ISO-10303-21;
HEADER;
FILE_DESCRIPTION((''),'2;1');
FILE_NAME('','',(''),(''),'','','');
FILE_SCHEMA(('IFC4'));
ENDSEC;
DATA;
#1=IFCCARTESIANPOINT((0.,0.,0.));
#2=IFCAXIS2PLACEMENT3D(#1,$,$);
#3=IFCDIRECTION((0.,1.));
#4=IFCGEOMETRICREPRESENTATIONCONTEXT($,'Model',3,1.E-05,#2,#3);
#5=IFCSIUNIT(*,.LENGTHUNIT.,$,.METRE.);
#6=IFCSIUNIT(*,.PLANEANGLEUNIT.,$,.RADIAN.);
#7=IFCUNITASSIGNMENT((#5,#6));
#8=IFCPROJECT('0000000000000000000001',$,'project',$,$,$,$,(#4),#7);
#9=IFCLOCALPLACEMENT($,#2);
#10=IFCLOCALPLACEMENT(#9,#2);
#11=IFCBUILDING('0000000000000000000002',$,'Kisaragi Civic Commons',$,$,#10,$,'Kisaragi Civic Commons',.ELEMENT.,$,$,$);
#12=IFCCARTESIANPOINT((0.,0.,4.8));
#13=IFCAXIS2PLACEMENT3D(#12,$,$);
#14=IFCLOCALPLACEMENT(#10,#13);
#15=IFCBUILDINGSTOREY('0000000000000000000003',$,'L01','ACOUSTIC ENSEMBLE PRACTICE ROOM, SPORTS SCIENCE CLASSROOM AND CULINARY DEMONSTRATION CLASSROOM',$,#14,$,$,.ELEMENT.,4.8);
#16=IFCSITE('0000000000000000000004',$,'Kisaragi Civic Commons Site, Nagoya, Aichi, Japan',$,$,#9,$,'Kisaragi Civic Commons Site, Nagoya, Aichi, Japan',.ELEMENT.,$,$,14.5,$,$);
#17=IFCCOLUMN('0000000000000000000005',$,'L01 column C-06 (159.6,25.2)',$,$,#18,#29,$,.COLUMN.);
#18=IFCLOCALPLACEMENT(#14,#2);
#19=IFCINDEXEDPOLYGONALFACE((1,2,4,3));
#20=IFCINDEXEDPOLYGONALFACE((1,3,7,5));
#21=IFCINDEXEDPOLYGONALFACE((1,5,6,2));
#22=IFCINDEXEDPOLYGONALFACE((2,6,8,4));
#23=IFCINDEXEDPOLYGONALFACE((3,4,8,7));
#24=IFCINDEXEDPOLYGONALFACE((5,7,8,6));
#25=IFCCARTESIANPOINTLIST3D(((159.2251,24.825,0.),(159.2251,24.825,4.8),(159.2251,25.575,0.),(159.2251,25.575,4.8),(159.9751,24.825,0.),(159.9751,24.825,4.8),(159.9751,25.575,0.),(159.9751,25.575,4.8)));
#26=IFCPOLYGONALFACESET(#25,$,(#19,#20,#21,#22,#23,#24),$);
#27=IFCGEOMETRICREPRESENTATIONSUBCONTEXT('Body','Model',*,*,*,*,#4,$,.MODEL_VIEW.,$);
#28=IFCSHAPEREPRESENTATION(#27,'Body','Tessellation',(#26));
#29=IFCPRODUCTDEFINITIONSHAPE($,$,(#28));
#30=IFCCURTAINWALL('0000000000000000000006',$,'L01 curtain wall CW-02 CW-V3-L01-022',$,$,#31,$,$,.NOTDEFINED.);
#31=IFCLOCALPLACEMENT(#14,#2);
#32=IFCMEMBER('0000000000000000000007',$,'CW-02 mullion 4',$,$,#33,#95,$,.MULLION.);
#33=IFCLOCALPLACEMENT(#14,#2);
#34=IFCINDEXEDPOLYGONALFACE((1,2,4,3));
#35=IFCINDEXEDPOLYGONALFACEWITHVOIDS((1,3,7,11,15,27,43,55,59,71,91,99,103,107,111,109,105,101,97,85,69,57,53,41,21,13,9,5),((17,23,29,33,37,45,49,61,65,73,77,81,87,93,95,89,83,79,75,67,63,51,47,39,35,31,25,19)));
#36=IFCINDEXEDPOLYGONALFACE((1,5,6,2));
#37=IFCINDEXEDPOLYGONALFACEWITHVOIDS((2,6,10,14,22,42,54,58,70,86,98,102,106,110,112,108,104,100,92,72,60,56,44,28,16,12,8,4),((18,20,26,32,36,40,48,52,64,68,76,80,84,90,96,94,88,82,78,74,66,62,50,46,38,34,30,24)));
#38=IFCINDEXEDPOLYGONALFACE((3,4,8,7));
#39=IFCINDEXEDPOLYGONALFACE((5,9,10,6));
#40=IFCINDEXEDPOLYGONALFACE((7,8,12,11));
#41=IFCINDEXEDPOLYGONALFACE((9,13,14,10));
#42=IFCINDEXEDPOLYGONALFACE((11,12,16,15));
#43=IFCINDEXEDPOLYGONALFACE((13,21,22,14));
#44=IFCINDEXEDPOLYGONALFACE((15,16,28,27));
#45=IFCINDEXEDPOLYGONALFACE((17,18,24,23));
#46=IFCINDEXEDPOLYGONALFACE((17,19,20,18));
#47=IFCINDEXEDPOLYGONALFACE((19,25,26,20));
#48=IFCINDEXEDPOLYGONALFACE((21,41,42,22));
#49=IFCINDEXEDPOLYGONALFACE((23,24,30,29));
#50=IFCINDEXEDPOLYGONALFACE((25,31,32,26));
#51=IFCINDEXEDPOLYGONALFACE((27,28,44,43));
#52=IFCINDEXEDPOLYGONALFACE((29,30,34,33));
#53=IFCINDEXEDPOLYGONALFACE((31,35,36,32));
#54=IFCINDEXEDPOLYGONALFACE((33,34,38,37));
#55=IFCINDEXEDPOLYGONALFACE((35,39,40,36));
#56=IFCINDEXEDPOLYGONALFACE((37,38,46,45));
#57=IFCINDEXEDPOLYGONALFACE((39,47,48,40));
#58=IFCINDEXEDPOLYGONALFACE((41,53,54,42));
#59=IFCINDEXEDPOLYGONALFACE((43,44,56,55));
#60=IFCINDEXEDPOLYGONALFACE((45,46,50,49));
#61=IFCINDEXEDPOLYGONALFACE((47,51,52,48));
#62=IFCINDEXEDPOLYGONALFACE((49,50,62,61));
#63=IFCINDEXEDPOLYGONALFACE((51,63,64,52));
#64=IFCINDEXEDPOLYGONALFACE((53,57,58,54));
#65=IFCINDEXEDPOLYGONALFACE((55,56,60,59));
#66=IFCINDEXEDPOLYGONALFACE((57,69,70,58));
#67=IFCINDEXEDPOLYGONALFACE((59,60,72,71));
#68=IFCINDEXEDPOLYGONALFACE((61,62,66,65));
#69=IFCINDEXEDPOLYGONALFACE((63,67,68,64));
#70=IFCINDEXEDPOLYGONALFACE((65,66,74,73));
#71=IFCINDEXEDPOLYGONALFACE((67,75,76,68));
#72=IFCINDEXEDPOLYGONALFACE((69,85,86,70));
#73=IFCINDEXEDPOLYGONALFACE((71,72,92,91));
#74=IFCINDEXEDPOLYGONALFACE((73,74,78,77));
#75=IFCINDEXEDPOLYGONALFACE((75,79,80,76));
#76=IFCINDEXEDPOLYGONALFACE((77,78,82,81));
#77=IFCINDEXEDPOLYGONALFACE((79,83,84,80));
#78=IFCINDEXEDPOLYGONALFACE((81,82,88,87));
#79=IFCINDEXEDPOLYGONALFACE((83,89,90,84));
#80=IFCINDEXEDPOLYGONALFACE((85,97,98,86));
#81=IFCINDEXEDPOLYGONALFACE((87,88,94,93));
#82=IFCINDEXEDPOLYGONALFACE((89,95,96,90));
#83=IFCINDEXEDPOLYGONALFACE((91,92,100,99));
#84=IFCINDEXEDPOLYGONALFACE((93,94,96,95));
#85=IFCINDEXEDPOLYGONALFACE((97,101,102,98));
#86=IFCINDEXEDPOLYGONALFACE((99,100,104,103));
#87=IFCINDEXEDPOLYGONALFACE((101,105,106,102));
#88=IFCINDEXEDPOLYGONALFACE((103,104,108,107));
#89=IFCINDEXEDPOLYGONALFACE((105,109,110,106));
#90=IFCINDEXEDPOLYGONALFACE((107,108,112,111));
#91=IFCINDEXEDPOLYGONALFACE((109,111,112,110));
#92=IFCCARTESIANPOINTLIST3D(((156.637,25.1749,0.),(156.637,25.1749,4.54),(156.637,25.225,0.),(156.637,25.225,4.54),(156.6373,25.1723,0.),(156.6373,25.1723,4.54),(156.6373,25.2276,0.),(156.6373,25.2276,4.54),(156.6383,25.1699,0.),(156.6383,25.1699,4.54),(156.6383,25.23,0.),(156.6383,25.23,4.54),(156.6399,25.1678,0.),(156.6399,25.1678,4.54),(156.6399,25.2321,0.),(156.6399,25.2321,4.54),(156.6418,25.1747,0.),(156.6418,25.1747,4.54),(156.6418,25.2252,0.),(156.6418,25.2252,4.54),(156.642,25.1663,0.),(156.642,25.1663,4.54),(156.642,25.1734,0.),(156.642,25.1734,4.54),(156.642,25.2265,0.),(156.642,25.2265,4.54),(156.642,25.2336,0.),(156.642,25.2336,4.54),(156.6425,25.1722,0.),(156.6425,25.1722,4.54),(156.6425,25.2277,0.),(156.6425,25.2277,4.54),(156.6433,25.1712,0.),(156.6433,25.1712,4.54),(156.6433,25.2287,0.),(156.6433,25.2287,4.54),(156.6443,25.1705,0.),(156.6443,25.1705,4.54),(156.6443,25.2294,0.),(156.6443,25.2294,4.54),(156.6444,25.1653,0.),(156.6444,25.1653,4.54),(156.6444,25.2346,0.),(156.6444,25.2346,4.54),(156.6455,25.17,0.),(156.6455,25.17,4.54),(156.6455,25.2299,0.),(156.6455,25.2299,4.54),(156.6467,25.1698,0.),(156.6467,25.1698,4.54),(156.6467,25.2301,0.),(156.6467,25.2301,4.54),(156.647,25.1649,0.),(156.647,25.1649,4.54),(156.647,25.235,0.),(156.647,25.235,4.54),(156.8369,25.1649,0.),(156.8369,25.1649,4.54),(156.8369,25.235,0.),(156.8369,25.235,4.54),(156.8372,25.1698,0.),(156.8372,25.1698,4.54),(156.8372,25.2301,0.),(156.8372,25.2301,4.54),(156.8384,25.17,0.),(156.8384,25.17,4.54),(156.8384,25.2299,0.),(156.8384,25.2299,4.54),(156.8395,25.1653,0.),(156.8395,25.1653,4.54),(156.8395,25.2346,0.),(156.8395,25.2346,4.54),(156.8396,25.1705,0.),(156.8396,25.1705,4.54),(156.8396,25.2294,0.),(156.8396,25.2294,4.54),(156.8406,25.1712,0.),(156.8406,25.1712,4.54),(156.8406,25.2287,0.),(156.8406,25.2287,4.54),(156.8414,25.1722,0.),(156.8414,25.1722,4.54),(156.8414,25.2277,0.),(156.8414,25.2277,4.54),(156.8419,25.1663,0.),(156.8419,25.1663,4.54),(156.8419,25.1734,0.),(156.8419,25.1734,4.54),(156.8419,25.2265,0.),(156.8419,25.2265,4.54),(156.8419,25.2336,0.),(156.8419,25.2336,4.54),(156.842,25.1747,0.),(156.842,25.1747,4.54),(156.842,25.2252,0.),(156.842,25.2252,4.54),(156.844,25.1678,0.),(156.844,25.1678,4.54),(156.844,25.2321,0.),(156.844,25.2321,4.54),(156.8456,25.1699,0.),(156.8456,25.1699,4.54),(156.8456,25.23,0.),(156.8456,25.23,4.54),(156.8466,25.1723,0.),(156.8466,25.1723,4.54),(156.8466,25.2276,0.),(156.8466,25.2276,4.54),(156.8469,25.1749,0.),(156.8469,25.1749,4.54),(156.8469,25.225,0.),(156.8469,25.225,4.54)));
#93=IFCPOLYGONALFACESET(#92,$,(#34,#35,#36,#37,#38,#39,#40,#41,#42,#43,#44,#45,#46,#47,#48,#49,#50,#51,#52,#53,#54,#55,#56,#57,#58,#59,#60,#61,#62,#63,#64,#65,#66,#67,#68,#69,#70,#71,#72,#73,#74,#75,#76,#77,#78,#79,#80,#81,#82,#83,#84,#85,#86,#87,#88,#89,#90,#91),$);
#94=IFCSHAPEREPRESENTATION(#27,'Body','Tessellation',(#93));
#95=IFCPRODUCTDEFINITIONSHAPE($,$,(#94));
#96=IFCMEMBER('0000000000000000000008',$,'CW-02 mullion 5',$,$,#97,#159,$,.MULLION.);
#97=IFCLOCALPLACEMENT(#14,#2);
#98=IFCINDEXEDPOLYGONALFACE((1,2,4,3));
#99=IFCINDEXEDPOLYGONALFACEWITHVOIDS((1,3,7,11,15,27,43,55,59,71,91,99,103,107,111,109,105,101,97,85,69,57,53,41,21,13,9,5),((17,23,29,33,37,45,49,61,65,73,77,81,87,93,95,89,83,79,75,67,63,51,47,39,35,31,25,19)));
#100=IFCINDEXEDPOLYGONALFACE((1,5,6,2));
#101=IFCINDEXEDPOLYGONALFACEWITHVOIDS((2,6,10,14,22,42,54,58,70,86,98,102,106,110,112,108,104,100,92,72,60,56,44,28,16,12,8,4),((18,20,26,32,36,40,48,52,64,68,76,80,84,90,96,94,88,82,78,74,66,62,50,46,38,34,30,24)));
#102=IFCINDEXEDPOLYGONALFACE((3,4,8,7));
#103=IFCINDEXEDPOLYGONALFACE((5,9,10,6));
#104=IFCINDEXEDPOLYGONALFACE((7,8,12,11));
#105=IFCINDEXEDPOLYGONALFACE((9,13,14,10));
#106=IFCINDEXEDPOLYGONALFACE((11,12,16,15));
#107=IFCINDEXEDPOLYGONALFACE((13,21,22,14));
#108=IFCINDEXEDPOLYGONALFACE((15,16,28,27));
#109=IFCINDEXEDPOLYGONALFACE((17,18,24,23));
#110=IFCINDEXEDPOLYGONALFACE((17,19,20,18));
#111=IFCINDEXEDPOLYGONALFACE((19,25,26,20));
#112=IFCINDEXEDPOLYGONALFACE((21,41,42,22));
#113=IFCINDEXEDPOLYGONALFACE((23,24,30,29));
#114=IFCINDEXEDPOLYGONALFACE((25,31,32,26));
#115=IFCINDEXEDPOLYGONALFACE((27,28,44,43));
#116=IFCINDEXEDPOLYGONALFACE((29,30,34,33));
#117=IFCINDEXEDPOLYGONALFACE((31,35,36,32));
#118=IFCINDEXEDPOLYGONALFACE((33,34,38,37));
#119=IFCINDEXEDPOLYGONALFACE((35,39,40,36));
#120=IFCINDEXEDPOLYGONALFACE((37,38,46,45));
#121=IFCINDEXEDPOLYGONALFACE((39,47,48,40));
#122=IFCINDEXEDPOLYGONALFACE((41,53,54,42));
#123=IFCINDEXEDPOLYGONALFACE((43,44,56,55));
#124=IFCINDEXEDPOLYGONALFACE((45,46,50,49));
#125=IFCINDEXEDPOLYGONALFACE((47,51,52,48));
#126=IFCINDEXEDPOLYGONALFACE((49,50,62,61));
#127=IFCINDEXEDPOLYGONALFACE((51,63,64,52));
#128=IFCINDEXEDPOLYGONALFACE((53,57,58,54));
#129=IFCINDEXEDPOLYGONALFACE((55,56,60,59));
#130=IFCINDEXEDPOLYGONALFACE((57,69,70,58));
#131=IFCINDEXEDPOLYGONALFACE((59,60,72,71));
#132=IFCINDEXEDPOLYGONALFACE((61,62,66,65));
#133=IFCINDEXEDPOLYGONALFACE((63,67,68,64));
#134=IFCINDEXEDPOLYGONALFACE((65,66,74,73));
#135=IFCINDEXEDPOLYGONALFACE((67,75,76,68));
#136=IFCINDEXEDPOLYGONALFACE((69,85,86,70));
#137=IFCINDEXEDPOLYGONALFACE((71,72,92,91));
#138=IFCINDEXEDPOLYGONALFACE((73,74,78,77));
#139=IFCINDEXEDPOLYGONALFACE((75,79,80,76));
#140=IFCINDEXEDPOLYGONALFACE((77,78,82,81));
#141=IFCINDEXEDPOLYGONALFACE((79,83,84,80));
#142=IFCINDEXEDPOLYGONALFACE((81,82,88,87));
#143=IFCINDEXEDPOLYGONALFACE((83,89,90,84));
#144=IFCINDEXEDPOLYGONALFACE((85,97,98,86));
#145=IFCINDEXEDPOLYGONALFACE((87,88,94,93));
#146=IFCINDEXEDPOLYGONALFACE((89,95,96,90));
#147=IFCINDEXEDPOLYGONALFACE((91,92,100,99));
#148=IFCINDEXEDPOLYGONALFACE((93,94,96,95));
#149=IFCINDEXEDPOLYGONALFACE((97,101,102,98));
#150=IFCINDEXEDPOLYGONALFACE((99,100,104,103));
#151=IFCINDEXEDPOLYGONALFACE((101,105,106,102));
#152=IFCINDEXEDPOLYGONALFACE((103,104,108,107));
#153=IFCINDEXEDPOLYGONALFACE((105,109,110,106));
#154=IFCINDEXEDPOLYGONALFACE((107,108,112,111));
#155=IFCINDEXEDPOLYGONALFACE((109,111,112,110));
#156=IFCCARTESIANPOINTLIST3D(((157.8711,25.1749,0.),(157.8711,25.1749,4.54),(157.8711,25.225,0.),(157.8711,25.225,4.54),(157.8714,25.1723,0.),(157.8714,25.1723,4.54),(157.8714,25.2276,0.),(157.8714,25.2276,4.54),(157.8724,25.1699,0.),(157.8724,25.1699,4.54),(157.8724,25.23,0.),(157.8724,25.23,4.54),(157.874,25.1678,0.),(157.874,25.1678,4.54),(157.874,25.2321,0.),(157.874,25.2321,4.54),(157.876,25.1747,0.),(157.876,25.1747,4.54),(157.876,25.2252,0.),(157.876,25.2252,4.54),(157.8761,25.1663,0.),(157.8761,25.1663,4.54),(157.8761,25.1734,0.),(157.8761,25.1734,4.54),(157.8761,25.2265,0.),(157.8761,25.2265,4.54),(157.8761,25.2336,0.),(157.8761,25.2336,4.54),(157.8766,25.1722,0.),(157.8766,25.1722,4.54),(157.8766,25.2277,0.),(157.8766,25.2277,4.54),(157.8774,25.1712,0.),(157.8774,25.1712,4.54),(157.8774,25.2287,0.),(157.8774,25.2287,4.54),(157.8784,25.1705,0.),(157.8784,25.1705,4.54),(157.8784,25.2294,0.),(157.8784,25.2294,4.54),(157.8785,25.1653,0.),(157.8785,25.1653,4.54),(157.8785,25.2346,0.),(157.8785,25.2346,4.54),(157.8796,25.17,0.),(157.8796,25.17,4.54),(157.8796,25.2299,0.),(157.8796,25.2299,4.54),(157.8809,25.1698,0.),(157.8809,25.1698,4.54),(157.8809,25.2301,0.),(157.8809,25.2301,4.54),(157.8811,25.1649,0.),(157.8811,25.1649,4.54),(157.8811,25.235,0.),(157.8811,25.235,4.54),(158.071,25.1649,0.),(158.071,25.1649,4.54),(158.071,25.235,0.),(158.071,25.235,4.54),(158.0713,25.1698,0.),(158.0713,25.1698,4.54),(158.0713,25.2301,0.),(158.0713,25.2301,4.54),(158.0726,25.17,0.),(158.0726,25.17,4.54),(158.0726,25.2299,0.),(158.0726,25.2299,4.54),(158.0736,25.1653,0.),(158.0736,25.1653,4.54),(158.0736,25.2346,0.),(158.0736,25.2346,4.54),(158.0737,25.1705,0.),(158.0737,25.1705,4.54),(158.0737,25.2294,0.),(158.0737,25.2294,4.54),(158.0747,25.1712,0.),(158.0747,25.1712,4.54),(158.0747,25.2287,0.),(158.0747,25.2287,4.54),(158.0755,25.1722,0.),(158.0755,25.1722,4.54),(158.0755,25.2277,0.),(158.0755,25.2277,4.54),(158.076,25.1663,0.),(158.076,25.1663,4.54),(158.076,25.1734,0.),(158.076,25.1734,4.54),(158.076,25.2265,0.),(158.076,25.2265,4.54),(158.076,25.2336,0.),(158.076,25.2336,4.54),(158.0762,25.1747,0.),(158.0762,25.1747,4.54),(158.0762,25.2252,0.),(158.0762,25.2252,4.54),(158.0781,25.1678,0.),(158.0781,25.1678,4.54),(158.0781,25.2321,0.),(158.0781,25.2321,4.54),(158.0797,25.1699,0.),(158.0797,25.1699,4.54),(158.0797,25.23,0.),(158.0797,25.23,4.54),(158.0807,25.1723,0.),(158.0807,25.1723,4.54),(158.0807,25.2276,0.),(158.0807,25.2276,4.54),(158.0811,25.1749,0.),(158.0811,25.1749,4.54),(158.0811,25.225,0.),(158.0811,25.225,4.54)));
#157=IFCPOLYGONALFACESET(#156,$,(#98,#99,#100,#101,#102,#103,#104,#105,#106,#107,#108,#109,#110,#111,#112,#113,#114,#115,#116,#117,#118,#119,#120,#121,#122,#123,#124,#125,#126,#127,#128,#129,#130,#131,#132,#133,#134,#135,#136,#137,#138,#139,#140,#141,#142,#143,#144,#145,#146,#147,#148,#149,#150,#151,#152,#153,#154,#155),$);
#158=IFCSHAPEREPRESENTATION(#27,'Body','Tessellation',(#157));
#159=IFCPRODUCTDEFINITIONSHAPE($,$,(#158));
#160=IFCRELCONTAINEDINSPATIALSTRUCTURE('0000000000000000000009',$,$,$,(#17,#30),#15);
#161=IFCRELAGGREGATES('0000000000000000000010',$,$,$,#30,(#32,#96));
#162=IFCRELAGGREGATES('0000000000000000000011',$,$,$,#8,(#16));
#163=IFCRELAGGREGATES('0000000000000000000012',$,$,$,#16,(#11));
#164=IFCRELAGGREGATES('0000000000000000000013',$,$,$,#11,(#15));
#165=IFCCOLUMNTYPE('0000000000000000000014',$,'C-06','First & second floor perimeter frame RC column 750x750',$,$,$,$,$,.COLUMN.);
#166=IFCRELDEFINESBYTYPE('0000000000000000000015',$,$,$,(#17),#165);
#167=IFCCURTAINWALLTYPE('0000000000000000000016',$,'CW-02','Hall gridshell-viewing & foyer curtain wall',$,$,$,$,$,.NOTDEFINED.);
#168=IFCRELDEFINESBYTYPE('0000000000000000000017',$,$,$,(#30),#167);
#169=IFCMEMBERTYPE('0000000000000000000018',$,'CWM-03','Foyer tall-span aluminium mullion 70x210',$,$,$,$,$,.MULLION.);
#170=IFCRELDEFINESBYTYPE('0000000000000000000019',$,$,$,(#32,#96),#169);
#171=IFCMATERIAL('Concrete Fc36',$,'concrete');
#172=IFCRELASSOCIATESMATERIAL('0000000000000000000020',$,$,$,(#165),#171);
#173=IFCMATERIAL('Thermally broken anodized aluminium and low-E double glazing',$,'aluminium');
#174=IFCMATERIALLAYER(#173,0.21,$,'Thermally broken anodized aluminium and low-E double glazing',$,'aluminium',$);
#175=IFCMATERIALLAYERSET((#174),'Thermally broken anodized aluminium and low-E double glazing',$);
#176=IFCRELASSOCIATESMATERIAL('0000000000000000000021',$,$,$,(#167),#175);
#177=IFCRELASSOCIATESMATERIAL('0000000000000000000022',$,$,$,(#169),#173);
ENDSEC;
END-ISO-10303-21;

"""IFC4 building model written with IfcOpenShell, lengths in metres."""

from ifc_helpers import new_model, si_unit, direction, frame, origin, origin_2d, place, context, subcontext, project, spatial, rectangle, hollow_rectangle, extrude, material, layer, layer_set, material_profile, profile_set, type_object, element, aggregate, save


model = new_model("IFC4")

# Units and contexts
model_context = context("Model", 3, precision=1e-05, world=origin(), true_north=direction((0.0, 1.0)))
body_context = subcontext(model_context, "Body", "Model", "MODEL_VIEW")
ifc_project = project(units=[si_unit("LENGTHUNIT", "METRE"), si_unit("PLANEANGLEUNIT", "RADIAN")], contexts=[model_context])

# Site, building, storey
site_placement = place(None, origin())
site = spatial("IfcSite", under=ifc_project, at=site_placement, Name="Kisaragi Civic Commons Site, Nagoya, Aichi, Japan", LongName="Kisaragi Civic Commons Site, Nagoya, Aichi, Japan", CompositionType="ELEMENT", RefElevation=14.5)
building_placement = place(site_placement, origin())
building = spatial("IfcBuilding", under=site, at=building_placement, Name="Kisaragi Civic Commons", LongName="Kisaragi Civic Commons", CompositionType="ELEMENT")
storey_placement = place(building_placement, frame((0.0, 0.0, 4.8)))
storey = spatial("IfcBuildingStorey", under=building, at=storey_placement, Name="L01", Description="ACOUSTIC ENSEMBLE PRACTICE ROOM, SPORTS SCIENCE CLASSROOM AND CULINARY DEMONSTRATION CLASSROOM", CompositionType="ELEMENT", Elevation=4.8)

# Column
ifc_material_1 = material(Name="Concrete Fc36", Category="concrete")
ifc_material_profile_1 = material_profile(ifc_material_1, rectangle(XDim=0.75, YDim=0.75, at=origin_2d()), Name="RC-750x750", Category="concrete")
ifc_profile_set_1 = profile_set([ifc_material_profile_1], Name="Concrete Fc36")
column_type = type_object("IfcColumnType", Name="C-06", Description="First & second floor perimeter frame RC column 750x750", PredefinedType="COLUMN", material=ifc_profile_set_1)
column_placement = place(storey_placement, frame((159.6001, 25.2, 0.0), z_axis=(0.0, 0.0, 1.0), x_axis=(1.0, 0.0, 0.0)))
element("IfcColumn", 1, at=column_placement, inside=storey, type_object=column_type, Name="L01 column C-06 (159.6,25.2)", PredefinedType="COLUMN", context=body_context, shape_type="SweptSolid", body=[
    extrude(rectangle(XDim=0.75, YDim=0.75, at=origin_2d()), origin(), (0.0, 0.0, 1.0), 4.8),
])

# Curtain wall, members
ifc_material_2 = material(Name="Thermally broken anodized aluminium and low-E double glazing", Category="aluminium")
ifc_layer_1 = layer(ifc_material_2, 0.21, Name="Thermally broken anodized aluminium and low-E double glazing", Category="aluminium")
ifc_layer_set_1 = layer_set([ifc_layer_1], Name="Thermally broken anodized aluminium and low-E double glazing")
curtain_wall_type = type_object("IfcCurtainWallType", Name="CW-02", Description="Hall gridshell-viewing & foyer curtain wall", PredefinedType="NOTDEFINED", material=ifc_layer_set_1)
curtain_wall_placement = place(storey_placement, origin())
curtain_wall = element("IfcCurtainWall", 2, at=curtain_wall_placement, inside=storey, type_object=curtain_wall_type, Name="L01 curtain wall CW-02 CW-V3-L01-022", PredefinedType="NOTDEFINED")
ifc_material_profile_2 = material_profile(ifc_material_2, hollow_rectangle(XDim=0.0701, YDim=0.21, WallThickness=0.0049, InnerFilletRadius=0.0049, OuterFilletRadius=0.01, at=origin_2d()), Name="CWM-70x210x5", Category="aluminium")
ifc_profile_set_2 = profile_set([ifc_material_profile_2], Name="Thermally broken anodized aluminium and low-E double glazing")
member_type_1 = type_object("IfcMemberType", Name="CWM-03", Description="Foyer tall-span aluminium mullion 70x210", PredefinedType="MULLION", material=ifc_profile_set_2)
member_1_placement = place(storey_placement, frame((156.7419, 25.2, 0.0), z_axis=(0.0, 0.0, 1.0), x_axis=(0.0, 1.0, 0.0)))
member_1 = element("IfcMember", 3, at=member_1_placement, type_object=member_type_1, Name="CW-02 mullion 4", PredefinedType="MULLION", context=body_context, shape_type="SweptSolid", body=[
    extrude(hollow_rectangle(XDim=0.0701, YDim=0.21, WallThickness=0.0049, InnerFilletRadius=0.0049, OuterFilletRadius=0.01, at=origin_2d()), origin(), (0.0, 0.0, 1.0), 4.54),
])
member_2_placement = place(storey_placement, frame((157.9761, 25.2, 0.0), z_axis=(0.0, 0.0, 1.0), x_axis=(0.0, 1.0, 0.0)))
member_2 = element("IfcMember", 4, at=member_2_placement, type_object=member_type_1, Name="CW-02 mullion 5", PredefinedType="MULLION", context=body_context, shape_type="SweptSolid", body=[
    extrude(hollow_rectangle(XDim=0.0701, YDim=0.21, WallThickness=0.0049, InnerFilletRadius=0.0049, OuterFilletRadius=0.01, at=origin_2d()), origin(), (0.0, 0.0, 1.0), 4.54),
])
aggregate(curtain_wall, [member_1, member_2])

save(model, "model.ifc")
